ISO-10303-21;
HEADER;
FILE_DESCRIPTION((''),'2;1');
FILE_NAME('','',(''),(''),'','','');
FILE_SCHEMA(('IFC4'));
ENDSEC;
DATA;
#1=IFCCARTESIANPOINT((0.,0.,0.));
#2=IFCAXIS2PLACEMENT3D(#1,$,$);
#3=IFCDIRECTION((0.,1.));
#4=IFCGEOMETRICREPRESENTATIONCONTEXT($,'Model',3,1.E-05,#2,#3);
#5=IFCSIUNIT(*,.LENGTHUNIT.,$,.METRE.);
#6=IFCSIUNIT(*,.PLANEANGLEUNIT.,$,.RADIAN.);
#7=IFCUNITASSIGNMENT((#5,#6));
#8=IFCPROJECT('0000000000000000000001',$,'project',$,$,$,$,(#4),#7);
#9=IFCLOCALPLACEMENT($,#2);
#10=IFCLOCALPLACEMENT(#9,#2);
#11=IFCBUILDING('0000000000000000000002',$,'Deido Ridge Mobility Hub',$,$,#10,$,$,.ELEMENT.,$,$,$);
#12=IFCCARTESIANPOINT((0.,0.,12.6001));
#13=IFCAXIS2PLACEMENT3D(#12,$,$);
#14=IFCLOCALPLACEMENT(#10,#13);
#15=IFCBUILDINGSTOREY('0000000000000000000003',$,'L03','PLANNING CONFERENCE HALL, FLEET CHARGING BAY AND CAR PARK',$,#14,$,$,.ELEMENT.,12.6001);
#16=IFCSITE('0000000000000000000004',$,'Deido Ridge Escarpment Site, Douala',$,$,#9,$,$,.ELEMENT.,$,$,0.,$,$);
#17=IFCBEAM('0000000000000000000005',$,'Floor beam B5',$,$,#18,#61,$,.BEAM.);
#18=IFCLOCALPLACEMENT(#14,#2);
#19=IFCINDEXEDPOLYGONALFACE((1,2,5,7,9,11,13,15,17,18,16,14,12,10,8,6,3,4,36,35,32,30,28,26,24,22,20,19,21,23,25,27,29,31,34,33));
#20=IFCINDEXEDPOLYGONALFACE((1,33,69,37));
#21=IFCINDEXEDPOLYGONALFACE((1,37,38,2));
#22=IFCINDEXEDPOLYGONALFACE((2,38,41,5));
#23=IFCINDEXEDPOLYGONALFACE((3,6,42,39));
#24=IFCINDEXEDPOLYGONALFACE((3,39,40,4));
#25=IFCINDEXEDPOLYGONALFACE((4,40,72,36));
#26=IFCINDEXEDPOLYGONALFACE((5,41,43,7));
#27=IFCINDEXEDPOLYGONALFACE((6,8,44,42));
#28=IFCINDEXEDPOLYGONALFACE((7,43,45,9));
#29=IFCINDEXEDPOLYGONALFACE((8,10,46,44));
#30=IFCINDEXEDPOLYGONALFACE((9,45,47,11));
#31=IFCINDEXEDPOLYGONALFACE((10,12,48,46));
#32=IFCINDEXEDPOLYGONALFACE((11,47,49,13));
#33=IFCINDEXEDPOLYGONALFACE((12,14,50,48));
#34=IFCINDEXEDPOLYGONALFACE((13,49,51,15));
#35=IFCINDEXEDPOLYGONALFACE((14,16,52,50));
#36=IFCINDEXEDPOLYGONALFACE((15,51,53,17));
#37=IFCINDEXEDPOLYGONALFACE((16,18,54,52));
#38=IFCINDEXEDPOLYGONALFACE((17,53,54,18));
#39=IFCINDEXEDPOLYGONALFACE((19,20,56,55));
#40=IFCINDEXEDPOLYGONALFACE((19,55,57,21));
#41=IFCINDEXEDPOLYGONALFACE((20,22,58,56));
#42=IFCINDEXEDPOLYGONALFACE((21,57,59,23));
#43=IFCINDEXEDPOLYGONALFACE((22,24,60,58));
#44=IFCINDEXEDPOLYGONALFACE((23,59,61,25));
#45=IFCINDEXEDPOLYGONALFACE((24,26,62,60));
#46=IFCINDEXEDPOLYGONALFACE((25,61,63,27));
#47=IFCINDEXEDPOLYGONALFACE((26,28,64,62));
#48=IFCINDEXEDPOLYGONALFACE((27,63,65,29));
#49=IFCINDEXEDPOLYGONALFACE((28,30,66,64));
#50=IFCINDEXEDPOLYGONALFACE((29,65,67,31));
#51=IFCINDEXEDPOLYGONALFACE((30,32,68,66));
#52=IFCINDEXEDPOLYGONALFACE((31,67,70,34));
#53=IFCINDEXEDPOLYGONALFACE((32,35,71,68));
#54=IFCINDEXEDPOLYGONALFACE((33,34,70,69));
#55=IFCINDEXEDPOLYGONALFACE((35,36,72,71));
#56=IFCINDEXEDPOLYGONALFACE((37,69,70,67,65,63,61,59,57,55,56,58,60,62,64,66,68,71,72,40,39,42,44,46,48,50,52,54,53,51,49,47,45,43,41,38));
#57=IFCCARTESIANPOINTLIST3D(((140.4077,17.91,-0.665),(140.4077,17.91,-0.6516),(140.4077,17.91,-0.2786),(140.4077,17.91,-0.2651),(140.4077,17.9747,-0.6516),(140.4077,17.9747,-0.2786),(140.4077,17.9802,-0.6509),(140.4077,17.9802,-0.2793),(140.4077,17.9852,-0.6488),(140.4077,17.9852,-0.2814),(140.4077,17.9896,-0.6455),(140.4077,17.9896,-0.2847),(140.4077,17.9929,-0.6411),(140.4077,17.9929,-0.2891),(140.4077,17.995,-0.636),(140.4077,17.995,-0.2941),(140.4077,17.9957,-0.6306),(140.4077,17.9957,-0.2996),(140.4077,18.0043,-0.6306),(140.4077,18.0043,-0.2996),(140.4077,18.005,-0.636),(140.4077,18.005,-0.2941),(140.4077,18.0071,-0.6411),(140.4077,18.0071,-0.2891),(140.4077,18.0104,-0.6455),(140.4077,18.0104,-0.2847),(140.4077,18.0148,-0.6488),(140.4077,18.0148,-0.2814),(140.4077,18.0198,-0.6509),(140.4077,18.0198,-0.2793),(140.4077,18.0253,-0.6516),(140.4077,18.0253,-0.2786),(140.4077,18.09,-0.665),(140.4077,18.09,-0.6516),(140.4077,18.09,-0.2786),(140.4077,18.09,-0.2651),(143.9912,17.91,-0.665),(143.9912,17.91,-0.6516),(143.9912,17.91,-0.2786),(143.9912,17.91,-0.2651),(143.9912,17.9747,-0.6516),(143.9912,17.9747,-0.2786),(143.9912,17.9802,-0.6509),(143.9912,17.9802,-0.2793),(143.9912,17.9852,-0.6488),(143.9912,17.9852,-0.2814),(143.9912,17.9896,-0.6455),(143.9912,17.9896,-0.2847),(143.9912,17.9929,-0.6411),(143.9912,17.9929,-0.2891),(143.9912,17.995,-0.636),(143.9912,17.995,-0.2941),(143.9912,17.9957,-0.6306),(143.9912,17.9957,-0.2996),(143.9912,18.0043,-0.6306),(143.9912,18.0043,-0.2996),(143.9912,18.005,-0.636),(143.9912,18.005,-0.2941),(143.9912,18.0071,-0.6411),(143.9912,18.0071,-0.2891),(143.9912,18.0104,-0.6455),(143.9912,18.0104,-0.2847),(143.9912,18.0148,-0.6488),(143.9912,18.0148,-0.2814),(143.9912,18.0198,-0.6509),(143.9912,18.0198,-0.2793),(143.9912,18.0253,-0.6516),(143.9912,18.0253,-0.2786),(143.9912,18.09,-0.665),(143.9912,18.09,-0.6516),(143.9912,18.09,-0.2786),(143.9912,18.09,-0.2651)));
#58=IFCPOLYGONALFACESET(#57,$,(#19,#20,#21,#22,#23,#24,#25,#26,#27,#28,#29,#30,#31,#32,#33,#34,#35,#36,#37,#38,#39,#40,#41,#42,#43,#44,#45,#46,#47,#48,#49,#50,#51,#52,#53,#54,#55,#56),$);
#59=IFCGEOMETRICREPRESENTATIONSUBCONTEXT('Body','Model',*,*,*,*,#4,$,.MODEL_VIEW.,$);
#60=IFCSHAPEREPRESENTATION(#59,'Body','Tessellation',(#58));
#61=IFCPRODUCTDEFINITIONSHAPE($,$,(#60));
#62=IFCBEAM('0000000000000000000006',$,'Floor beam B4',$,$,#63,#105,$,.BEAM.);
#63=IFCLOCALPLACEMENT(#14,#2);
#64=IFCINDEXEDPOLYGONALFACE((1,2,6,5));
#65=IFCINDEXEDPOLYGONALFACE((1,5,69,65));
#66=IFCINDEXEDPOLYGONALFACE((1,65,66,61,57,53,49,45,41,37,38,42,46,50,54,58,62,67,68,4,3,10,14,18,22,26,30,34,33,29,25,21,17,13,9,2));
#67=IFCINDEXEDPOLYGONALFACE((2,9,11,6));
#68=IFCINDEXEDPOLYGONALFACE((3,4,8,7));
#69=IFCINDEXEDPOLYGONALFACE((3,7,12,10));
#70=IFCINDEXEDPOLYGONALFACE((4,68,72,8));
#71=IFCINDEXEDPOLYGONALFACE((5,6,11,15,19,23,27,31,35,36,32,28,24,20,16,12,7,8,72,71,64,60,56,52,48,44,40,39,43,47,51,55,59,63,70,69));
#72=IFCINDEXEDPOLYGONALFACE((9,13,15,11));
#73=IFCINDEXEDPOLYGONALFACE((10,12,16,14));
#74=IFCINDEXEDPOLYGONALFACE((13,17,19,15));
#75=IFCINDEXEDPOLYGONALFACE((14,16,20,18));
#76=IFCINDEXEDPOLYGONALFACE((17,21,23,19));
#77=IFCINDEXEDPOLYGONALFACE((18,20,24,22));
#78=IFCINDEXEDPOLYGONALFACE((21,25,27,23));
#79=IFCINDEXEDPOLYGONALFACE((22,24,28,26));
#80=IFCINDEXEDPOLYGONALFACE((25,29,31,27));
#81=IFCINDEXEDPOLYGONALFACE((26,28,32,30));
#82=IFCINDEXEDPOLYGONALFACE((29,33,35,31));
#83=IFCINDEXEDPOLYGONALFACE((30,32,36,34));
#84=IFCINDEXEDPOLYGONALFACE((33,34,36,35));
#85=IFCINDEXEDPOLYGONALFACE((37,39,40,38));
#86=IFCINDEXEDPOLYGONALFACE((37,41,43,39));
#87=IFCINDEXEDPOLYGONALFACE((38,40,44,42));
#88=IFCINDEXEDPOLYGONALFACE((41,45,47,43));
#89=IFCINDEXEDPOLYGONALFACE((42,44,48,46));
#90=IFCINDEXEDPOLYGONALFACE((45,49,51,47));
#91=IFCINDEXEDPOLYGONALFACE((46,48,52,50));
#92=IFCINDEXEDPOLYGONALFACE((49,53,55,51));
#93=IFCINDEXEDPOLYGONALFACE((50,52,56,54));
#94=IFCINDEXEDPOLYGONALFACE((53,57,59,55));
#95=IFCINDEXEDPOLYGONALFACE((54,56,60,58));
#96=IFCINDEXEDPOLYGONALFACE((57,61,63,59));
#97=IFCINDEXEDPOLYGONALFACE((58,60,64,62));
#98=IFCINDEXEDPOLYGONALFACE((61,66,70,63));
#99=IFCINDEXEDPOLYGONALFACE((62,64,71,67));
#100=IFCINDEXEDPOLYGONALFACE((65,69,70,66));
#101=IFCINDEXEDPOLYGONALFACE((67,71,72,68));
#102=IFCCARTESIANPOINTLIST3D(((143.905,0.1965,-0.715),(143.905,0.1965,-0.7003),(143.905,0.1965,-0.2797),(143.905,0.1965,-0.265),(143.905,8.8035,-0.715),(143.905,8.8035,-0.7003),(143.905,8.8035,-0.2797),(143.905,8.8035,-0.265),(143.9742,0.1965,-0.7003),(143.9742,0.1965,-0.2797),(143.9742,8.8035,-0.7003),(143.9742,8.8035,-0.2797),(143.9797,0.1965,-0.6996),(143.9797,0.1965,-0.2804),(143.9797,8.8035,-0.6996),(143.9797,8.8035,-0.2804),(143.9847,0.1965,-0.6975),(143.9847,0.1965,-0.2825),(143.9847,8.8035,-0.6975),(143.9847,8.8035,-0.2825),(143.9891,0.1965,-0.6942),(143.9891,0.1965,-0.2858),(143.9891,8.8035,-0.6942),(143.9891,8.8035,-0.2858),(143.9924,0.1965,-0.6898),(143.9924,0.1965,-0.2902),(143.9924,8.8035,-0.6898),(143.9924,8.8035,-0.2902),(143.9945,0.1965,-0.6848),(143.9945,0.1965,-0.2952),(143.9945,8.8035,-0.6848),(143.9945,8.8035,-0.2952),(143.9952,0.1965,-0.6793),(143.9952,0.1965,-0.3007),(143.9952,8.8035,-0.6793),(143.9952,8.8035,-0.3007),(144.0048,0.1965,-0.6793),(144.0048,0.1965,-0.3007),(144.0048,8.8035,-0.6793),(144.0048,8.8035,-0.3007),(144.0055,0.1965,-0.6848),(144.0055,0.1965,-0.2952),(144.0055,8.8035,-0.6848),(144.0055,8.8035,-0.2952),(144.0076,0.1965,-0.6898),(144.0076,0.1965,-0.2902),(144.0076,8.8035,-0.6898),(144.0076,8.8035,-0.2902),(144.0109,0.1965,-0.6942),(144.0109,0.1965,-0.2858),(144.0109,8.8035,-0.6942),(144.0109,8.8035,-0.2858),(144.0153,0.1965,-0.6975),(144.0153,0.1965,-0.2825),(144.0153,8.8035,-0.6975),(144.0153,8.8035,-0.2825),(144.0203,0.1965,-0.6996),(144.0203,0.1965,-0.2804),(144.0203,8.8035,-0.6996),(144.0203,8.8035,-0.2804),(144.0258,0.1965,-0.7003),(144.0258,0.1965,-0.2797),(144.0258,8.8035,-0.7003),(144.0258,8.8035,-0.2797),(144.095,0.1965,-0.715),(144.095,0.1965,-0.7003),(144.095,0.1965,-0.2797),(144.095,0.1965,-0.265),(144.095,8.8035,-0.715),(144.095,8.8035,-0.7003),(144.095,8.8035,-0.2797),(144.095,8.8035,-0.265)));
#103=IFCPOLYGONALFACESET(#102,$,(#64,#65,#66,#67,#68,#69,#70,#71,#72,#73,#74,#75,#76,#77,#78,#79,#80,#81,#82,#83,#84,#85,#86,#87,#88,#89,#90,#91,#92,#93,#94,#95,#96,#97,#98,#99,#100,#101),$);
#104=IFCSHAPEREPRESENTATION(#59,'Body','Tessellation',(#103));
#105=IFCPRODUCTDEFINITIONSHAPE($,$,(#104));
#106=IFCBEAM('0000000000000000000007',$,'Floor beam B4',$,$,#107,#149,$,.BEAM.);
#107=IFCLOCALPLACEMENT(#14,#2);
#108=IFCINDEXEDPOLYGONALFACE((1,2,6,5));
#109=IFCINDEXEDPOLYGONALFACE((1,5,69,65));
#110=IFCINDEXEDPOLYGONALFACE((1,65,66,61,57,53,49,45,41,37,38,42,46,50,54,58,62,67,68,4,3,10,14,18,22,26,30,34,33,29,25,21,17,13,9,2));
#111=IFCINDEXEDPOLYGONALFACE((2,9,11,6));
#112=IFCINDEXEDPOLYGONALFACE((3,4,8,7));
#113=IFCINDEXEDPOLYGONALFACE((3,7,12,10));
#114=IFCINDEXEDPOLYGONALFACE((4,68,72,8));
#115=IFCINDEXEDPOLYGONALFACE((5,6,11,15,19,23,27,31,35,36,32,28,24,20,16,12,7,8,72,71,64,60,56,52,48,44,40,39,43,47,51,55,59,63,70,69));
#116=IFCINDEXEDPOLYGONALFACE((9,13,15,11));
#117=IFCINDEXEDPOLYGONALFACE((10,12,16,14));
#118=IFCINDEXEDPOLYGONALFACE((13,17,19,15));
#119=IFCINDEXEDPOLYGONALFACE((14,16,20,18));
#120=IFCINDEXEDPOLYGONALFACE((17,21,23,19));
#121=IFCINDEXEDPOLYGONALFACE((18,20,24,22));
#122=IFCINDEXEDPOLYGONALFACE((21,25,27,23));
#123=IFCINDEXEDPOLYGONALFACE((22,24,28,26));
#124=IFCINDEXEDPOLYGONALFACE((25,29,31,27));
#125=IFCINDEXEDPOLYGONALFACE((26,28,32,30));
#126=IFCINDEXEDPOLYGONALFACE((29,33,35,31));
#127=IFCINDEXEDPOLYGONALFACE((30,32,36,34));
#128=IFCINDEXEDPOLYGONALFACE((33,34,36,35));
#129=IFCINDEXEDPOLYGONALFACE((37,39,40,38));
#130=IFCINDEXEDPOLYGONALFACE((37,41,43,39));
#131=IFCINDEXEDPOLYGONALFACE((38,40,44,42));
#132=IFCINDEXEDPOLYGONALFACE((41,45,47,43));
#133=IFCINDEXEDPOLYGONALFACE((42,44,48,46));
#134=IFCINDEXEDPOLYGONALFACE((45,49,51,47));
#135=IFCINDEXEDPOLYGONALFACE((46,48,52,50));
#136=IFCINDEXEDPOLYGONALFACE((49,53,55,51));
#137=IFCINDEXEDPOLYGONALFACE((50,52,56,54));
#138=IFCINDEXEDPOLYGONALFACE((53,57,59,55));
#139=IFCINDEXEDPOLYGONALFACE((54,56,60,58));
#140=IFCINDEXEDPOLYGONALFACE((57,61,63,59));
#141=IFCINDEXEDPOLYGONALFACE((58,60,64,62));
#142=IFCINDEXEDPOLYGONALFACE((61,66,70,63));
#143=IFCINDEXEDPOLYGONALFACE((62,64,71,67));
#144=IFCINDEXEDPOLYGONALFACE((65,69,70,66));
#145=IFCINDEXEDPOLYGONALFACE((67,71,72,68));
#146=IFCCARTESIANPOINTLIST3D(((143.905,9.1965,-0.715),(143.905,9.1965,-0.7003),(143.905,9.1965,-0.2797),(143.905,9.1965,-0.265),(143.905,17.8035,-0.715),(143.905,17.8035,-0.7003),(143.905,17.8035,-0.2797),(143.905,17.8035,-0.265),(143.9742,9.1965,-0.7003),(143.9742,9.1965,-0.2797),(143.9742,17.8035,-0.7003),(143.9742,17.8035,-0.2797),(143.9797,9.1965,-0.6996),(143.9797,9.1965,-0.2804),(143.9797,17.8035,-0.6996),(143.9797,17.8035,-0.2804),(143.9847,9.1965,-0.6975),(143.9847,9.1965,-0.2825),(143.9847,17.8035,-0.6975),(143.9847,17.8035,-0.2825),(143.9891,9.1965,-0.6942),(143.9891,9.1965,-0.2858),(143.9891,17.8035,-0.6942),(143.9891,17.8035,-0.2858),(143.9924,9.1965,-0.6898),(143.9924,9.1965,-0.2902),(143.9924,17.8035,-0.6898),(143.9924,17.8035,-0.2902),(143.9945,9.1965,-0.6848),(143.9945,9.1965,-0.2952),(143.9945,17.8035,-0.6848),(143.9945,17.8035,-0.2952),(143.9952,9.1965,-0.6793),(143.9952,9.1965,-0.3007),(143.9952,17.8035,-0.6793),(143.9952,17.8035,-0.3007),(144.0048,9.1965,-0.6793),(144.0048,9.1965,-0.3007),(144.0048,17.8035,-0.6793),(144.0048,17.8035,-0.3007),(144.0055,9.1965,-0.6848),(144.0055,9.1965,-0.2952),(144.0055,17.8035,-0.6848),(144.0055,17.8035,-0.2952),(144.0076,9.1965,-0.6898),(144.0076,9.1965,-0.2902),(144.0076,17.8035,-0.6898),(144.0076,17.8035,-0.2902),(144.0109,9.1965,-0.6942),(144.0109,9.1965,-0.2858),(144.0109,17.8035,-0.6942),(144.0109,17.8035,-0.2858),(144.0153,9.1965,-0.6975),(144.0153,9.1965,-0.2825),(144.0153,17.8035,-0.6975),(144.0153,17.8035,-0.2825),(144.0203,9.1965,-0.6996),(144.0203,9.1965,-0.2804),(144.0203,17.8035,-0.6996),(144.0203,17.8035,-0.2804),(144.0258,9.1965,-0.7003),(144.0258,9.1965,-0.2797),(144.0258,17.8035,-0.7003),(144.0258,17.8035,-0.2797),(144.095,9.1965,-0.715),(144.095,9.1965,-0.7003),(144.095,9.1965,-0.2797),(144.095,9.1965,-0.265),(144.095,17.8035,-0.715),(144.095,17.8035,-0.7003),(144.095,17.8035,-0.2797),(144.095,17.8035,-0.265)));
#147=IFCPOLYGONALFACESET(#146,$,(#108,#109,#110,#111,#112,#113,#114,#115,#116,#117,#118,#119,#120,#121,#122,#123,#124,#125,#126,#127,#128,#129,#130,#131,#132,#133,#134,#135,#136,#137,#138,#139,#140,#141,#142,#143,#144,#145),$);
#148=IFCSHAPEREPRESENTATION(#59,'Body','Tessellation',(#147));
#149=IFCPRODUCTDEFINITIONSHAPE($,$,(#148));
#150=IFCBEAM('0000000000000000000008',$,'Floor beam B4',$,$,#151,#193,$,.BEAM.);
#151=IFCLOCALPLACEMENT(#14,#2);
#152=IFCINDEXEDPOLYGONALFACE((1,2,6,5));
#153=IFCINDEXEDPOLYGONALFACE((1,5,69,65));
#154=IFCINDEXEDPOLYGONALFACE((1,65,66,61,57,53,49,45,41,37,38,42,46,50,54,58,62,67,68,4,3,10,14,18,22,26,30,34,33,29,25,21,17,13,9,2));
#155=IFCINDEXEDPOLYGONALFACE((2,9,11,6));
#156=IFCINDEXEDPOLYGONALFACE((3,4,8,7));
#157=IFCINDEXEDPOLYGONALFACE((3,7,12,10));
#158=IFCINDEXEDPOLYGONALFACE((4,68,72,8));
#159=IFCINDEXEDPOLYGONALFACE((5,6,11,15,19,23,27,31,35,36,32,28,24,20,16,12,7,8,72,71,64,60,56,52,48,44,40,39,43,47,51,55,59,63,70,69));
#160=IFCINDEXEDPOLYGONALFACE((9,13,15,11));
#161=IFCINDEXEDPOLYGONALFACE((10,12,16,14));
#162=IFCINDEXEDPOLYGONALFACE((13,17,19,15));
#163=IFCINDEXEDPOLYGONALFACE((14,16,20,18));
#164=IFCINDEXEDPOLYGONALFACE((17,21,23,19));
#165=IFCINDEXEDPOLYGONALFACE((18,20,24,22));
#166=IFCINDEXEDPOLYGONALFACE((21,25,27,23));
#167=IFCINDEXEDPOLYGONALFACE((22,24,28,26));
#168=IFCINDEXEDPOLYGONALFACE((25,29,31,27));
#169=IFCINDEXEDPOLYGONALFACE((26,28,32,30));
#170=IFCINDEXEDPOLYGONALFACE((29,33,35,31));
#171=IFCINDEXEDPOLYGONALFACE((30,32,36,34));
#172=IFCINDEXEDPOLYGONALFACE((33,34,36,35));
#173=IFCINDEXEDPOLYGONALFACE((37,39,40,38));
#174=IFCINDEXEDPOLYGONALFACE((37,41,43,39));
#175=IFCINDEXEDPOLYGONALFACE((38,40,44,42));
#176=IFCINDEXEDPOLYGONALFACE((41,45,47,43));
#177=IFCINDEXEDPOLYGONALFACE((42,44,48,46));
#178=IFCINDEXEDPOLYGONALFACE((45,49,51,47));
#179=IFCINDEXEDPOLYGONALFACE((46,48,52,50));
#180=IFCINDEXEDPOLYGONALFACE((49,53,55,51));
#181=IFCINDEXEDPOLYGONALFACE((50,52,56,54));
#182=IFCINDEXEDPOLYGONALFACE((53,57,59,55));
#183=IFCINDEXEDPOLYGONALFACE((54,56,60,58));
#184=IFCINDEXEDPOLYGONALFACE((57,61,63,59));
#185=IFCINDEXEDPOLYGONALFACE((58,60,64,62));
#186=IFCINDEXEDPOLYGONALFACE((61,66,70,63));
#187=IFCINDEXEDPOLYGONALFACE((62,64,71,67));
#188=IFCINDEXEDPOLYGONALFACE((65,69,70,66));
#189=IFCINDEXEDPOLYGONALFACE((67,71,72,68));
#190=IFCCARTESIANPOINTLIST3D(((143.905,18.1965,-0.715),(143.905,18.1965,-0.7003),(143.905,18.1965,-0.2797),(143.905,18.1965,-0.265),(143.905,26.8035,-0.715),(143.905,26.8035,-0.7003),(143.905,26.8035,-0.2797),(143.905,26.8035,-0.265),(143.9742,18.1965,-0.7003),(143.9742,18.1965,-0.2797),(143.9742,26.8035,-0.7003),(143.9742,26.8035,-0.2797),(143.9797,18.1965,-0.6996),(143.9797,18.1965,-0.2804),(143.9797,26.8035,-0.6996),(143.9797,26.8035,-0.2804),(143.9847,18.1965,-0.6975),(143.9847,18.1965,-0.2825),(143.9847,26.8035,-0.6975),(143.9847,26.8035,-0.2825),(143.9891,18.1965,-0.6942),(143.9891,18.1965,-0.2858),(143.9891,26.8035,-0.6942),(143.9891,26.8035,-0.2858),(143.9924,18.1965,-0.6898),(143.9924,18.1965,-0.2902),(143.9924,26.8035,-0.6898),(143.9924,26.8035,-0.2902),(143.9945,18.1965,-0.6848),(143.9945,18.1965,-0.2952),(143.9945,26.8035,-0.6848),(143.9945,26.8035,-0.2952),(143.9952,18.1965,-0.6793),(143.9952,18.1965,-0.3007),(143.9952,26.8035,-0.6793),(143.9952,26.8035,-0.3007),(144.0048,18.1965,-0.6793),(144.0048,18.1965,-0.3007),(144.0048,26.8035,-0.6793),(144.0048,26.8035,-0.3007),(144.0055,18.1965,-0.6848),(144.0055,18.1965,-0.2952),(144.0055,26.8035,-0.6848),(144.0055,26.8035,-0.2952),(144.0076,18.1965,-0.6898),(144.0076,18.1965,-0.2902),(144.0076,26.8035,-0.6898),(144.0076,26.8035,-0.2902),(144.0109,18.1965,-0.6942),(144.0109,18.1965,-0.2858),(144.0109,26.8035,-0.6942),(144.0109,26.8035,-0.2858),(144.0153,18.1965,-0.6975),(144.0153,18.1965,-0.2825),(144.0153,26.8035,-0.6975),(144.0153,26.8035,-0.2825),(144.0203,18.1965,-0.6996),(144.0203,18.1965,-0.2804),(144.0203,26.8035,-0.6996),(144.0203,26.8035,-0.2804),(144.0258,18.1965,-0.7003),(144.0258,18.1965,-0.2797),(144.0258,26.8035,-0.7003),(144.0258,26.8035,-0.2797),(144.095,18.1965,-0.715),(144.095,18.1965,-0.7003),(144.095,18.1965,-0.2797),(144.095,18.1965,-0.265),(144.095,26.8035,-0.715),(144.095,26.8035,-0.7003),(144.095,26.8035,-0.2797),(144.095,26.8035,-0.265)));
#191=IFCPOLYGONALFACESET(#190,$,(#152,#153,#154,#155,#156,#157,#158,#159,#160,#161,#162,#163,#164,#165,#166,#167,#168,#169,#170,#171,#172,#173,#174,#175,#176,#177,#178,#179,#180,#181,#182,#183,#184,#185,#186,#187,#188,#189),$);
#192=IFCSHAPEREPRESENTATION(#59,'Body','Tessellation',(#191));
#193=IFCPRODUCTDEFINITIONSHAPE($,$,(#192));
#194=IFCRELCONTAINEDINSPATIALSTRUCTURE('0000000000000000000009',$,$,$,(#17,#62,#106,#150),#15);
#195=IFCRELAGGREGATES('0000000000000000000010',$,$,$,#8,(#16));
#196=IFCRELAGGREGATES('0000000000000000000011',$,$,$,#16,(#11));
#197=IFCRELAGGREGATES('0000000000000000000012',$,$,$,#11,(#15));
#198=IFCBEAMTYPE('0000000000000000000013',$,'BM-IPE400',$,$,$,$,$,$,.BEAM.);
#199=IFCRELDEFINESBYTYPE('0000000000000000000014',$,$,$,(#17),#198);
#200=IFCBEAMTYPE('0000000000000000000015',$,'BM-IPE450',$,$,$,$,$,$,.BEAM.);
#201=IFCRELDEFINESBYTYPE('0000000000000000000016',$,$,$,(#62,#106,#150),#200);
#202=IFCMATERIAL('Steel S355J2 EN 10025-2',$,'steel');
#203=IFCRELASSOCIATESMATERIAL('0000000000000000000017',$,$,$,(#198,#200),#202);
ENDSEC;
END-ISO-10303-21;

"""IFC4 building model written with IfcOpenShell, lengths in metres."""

from ifc_helpers import new_model, si_unit, direction, frame, origin, origin_2d, place, context, subcontext, project, spatial, i_section, extrude, material, material_profile, profile_set, type_object, element, save


model = new_model("IFC4")

# Units and contexts
model_context = context("Model", 3, precision=1e-05, world=origin(), true_north=direction((0.0, 1.0)))
body_context = subcontext(model_context, "Body", "Model", "MODEL_VIEW")
ifc_project = project(units=[si_unit("LENGTHUNIT", "METRE"), si_unit("PLANEANGLEUNIT", "RADIAN")], contexts=[model_context])

# Site, building, storey
site_placement = place(None, origin())
site = spatial("IfcSite", under=ifc_project, at=site_placement, Name="Deido Ridge Escarpment Site, Douala", CompositionType="ELEMENT", RefElevation=0.0)
building_placement = place(site_placement, origin())
building = spatial("IfcBuilding", under=site, at=building_placement, Name="Deido Ridge Mobility Hub", CompositionType="ELEMENT")
storey_placement = place(building_placement, frame((0.0, 0.0, 12.6001)))
storey = spatial("IfcBuildingStorey", under=building, at=storey_placement, Name="L03", Description="PLANNING CONFERENCE HALL, FLEET CHARGING BAY AND CAR PARK", CompositionType="ELEMENT", Elevation=12.6001)

# Shared definitions
ifc_material_1 = material(Name="Steel S355J2 EN 10025-2", Category="steel")

# Beams
ifc_material_profile_1 = material_profile(ifc_material_1, i_section(OverallWidth=0.1799, OverallDepth=0.3999, WebThickness=0.0085, FlangeThickness=0.0134, FilletRadius=0.021, at=origin_2d()), Name="IPE 400")
ifc_profile_set_1 = profile_set([ifc_material_profile_1], Name="Steel S355J2 EN 10025-2")
beam_type_1 = type_object("IfcBeamType", Name="BM-IPE400", PredefinedType="BEAM", material=ifc_profile_set_1)
beam_1_placement = place(storey_placement, frame((140.4077, 18.0, -0.4651), z_axis=(1.0, 0.0, 0.0), x_axis=(0.0, 1.0, 0.0)))
element("IfcBeam", 1, at=beam_1_placement, inside=storey, type_object=beam_type_1, Name="Floor beam B5", PredefinedType="BEAM", context=body_context, shape_type="SweptSolid", body=[
    extrude(i_section(OverallWidth=0.1799, OverallDepth=0.3999, WebThickness=0.0085, FlangeThickness=0.0134, FilletRadius=0.021, at=origin_2d()), origin(), (0.0, 0.0, 1.0), 3.5835),
])
ifc_material_profile_2 = material_profile(ifc_material_1, i_section(OverallWidth=0.1899, OverallDepth=0.45, WebThickness=0.0095, FlangeThickness=0.0146, FilletRadius=0.021, at=origin_2d()), Name="IPE 450")
ifc_profile_set_2 = profile_set([ifc_material_profile_2], Name="Steel S355J2 EN 10025-2")
beam_type_2 = type_object("IfcBeamType", Name="BM-IPE450", PredefinedType="BEAM", material=ifc_profile_set_2)
for number, where, z_axis, x_axis, name in (
    (2, (144.0, 0.1965, -0.49), (0.0, 1.0, 0.0), (-1.0, 0.0, 0.0), "Floor beam B4"),
    (3, (144.0, 9.1965, -0.49), (0.0, 1.0, 0.0), (-1.0, 0.0, 0.0), "Floor beam B4"),
    (4, (144.0, 18.1965, -0.49), (0.0, 1.0, 0.0), (-1.0, 0.0, 0.0), "Floor beam B4"),
):
    element("IfcBeam", number, at=place(storey_placement, frame(where, z_axis=z_axis, x_axis=x_axis)), inside=storey, type_object=beam_type_2, Name=name, PredefinedType="BEAM", context=body_context, shape_type="SweptSolid", body=[
        extrude(i_section(OverallWidth=0.1899, OverallDepth=0.45, WebThickness=0.0095, FlangeThickness=0.0146, FilletRadius=0.021, at=origin_2d()), origin(), (0.0, 0.0, 1.0), 8.6069),
    ])

save(model, "model.ifc")
